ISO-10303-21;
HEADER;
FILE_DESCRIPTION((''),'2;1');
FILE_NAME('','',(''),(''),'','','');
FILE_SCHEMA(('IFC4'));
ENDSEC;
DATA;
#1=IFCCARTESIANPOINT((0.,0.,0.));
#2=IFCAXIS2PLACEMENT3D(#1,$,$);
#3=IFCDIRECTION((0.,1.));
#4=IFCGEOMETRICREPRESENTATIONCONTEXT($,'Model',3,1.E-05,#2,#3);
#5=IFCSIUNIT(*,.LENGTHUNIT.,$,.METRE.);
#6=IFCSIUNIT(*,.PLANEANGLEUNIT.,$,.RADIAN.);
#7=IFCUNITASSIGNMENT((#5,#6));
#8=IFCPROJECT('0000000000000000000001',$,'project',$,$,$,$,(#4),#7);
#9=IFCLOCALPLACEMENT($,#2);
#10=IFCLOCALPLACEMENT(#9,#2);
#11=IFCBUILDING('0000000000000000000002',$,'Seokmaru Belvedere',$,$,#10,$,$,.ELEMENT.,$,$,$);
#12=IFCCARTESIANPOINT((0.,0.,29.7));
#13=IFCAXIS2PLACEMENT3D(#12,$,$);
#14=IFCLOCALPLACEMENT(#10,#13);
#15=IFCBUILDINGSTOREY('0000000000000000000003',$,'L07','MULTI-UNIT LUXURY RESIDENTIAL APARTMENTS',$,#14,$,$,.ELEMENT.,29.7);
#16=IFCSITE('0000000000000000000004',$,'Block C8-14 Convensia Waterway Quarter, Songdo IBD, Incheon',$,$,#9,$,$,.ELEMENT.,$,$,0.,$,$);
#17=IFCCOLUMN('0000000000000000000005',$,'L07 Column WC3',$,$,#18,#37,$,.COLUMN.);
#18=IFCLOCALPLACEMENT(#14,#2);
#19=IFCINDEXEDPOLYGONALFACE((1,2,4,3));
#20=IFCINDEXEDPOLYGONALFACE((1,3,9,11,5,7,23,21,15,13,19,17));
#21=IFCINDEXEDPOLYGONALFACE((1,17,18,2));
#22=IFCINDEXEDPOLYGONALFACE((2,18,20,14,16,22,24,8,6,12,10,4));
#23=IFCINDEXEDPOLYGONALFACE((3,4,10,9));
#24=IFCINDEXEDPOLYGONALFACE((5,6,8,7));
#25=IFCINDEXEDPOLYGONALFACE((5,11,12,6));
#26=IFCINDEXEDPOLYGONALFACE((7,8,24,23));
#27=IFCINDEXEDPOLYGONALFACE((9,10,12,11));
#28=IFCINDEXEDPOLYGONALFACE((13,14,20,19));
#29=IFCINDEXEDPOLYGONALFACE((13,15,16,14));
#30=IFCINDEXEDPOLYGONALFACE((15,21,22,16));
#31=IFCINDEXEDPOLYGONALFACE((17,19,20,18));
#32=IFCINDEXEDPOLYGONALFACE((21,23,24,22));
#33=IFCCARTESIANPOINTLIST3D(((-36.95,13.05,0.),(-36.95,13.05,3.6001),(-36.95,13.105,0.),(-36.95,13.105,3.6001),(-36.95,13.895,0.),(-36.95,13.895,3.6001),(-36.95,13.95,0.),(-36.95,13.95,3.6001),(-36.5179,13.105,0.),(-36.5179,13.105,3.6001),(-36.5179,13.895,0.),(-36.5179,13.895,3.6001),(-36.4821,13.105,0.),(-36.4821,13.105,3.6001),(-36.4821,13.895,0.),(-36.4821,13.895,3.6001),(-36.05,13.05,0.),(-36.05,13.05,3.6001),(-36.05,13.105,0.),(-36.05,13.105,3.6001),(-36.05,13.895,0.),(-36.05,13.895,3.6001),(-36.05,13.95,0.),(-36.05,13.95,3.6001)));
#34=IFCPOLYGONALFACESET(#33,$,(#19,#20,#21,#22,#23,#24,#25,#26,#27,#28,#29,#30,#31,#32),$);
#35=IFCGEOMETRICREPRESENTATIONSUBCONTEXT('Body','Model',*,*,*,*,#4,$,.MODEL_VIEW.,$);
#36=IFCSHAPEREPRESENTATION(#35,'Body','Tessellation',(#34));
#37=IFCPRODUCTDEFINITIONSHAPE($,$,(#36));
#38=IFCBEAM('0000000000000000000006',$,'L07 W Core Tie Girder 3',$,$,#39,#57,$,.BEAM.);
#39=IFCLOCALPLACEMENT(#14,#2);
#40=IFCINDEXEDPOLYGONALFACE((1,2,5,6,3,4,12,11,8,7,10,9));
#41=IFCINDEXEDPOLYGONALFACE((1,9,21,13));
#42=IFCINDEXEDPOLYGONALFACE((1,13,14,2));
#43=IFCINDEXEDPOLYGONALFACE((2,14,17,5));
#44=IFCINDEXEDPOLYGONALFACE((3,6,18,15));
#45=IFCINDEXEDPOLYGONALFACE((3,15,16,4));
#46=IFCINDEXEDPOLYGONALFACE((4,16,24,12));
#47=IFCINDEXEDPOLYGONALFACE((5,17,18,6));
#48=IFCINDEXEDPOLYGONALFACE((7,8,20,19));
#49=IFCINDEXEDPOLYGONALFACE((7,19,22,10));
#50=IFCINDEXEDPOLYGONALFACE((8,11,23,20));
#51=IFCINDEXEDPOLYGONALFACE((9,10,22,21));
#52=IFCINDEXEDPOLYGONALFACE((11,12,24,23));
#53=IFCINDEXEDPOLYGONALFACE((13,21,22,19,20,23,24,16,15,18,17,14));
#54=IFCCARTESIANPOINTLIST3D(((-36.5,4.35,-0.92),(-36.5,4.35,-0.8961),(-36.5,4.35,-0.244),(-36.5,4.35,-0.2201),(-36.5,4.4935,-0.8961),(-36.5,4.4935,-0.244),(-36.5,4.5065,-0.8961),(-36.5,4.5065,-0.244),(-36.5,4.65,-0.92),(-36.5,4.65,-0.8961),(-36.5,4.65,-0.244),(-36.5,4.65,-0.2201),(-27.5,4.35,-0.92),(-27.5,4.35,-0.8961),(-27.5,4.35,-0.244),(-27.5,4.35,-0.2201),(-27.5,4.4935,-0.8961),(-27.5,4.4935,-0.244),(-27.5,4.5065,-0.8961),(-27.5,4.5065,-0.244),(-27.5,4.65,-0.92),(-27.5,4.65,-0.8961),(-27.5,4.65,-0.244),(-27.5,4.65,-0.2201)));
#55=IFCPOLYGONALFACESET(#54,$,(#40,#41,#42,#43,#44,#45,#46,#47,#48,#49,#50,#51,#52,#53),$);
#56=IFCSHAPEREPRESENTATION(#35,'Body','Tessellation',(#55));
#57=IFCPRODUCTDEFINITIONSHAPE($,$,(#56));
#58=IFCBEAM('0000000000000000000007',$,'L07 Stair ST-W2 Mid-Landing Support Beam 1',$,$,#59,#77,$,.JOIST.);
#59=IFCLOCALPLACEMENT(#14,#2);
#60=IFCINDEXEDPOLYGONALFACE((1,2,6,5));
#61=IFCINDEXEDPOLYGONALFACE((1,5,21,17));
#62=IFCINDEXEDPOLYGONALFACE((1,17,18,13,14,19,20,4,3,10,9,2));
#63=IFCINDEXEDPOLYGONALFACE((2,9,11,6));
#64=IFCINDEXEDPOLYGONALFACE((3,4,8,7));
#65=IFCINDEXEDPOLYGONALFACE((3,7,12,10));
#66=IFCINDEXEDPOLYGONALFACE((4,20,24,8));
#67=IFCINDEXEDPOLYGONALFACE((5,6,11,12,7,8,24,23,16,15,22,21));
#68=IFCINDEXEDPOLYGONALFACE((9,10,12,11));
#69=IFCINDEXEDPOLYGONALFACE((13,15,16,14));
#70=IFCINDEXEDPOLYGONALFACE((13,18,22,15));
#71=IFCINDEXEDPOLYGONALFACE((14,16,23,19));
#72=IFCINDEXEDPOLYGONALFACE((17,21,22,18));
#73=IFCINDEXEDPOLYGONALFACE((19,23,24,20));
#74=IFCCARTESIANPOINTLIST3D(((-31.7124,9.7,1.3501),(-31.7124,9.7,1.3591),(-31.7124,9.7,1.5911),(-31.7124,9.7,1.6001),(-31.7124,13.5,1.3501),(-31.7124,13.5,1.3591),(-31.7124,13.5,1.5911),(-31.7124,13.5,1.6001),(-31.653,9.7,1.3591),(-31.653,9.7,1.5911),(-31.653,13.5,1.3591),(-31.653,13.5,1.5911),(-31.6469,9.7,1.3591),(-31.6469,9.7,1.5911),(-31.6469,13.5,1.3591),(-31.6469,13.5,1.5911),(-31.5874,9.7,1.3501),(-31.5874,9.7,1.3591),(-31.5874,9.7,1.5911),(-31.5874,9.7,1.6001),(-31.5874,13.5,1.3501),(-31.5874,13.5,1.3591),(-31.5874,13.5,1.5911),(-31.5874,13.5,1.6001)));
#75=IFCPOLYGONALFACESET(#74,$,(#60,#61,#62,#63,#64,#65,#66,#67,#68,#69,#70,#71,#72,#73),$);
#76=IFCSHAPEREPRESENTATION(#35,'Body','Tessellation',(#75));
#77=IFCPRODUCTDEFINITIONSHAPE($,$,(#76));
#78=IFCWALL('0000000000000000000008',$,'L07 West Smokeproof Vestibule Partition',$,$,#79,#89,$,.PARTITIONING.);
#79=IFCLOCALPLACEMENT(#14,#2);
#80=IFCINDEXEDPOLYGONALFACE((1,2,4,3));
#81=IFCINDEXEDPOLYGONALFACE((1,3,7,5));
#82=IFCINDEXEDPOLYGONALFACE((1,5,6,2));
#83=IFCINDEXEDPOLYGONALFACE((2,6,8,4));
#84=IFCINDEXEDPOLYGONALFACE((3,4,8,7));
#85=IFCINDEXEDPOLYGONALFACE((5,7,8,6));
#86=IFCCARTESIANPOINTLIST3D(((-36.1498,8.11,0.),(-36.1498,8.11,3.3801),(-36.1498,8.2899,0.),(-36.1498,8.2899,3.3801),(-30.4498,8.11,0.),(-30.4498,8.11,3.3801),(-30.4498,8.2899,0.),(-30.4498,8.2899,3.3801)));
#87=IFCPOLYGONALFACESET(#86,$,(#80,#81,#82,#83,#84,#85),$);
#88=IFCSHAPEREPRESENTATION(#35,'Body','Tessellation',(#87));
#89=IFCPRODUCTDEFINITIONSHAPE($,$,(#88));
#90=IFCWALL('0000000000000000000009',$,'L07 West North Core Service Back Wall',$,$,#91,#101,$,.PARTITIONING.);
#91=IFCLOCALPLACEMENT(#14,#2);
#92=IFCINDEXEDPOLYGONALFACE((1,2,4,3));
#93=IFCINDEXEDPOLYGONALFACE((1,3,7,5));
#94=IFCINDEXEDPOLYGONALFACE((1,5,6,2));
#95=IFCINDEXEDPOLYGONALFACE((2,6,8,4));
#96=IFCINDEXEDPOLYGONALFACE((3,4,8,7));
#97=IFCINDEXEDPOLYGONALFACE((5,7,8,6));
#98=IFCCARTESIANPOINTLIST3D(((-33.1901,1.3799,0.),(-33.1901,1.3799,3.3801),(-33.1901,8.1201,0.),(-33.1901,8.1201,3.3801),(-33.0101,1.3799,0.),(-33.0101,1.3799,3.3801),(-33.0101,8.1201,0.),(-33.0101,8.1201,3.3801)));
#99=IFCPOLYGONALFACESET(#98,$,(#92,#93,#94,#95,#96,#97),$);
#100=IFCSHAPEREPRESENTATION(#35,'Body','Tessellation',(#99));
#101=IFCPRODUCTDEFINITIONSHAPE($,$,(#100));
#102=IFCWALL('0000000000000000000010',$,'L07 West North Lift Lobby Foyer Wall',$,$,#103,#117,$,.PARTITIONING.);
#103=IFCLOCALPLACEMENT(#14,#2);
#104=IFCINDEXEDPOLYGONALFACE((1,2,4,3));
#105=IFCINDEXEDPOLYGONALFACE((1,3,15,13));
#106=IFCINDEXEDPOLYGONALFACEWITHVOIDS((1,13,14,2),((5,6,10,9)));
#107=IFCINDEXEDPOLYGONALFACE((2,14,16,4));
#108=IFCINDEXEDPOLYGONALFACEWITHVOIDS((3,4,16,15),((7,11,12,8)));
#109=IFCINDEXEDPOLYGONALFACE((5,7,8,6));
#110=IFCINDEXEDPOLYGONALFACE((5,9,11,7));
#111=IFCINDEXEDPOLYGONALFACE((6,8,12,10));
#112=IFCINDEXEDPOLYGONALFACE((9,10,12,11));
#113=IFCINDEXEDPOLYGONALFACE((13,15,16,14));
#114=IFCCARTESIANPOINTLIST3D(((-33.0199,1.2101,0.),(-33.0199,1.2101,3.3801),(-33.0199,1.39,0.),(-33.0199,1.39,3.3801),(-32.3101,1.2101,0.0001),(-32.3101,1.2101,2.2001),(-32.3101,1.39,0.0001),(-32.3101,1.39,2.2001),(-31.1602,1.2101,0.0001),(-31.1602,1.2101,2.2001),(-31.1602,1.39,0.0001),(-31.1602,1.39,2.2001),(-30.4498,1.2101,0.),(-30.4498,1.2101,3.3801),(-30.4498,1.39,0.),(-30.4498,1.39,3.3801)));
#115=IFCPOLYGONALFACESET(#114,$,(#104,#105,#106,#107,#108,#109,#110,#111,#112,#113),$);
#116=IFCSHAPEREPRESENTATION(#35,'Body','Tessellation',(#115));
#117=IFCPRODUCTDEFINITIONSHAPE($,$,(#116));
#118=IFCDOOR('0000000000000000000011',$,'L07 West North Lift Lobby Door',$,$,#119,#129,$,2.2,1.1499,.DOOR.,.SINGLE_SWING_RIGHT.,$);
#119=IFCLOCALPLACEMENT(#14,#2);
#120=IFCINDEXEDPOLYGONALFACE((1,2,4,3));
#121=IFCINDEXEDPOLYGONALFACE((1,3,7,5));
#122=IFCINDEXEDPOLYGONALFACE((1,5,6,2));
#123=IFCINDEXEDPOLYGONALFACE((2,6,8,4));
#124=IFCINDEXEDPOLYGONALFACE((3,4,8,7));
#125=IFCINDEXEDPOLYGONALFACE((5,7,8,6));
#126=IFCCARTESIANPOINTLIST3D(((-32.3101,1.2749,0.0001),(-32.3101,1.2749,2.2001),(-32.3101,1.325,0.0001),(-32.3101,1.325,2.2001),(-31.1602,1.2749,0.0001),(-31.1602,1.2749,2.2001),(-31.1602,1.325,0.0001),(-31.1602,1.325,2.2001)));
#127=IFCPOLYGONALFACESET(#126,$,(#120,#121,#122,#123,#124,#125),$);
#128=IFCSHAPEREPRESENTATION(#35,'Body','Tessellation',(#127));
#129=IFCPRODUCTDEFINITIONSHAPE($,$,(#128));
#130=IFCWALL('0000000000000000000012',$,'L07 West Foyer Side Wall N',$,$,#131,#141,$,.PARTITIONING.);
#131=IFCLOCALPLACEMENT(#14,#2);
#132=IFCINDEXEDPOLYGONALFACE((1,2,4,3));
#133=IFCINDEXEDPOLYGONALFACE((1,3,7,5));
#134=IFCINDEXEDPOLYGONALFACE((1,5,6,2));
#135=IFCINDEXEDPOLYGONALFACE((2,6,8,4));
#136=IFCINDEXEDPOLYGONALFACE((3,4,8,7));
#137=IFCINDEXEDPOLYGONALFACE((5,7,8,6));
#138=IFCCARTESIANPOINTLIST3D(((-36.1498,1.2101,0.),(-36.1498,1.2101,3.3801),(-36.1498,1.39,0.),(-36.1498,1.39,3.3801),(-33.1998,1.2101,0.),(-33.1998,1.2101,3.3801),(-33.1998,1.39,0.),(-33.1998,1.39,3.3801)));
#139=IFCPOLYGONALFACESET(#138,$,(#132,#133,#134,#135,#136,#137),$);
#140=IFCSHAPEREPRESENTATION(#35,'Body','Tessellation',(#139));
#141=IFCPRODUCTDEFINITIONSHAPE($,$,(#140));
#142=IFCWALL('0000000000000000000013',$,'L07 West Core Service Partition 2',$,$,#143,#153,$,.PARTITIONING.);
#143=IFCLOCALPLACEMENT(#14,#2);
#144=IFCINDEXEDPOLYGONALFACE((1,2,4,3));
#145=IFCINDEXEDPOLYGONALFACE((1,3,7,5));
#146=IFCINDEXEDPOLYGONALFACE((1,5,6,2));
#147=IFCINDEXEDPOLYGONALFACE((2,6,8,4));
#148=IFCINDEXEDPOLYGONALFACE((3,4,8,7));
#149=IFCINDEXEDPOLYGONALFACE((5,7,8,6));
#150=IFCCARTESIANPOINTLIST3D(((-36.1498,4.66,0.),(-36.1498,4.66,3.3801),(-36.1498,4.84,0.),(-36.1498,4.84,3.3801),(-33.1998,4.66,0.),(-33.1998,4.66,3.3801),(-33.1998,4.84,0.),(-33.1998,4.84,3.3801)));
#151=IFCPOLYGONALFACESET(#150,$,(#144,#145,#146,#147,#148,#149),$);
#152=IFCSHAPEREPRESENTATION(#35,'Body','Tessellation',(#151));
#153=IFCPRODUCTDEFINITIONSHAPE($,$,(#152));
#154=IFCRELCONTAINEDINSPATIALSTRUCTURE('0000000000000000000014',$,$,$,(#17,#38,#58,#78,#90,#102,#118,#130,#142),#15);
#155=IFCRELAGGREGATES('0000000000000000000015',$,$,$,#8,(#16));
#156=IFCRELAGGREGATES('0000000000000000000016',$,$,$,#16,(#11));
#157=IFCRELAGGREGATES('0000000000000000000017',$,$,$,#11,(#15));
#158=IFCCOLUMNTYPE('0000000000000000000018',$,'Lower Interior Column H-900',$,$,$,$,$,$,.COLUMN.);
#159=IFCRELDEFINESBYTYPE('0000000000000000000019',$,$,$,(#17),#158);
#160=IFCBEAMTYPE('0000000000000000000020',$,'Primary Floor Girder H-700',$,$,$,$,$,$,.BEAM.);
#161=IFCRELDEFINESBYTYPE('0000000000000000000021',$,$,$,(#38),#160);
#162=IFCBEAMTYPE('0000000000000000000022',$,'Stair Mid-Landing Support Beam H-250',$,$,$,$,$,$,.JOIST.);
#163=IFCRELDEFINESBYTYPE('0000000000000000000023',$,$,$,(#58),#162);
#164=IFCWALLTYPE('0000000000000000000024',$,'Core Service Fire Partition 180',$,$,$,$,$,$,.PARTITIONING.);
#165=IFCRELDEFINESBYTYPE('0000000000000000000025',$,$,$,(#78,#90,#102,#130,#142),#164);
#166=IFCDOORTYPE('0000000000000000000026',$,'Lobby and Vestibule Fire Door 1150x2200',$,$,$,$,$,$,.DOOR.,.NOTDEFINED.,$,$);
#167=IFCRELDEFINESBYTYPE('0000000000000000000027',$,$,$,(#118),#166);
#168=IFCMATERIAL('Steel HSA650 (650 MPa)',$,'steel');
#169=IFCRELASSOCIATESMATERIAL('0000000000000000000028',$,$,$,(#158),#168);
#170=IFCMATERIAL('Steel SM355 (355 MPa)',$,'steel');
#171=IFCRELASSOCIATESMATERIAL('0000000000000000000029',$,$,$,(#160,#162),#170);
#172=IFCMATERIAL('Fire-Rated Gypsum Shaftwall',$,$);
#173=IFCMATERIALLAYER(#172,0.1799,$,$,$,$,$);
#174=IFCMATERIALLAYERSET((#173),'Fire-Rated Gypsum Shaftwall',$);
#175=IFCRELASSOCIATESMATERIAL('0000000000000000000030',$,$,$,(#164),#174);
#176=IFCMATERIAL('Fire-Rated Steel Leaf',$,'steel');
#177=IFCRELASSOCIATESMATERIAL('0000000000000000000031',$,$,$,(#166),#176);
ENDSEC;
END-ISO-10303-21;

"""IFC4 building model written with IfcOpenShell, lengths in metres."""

from ifc_helpers import new_model, si_unit, direction, frame, frame_2d, origin, origin_2d, place, context, subcontext, project, spatial, rectangle, i_section, extrude, source, transform, mapped, material, layer, layer_set, material_profile, profile_set, type_object, type_shapes, element, fill, save


model = new_model("IFC4")

# Units and contexts
model_context = context("Model", 3, precision=1e-05, world=origin(), true_north=direction((0.0, 1.0)))
body_context = subcontext(model_context, "Body", "Model", "MODEL_VIEW")
ifc_project = project(units=[si_unit("LENGTHUNIT", "METRE"), si_unit("PLANEANGLEUNIT", "RADIAN")], contexts=[model_context])

# Site, building, storey
site_placement = place(None, origin())
site = spatial("IfcSite", under=ifc_project, at=site_placement, Name="Block C8-14 Convensia Waterway Quarter, Songdo IBD, Incheon", CompositionType="ELEMENT", RefElevation=0.0)
building_placement = place(site_placement, origin())
building = spatial("IfcBuilding", under=site, at=building_placement, Name="Seokmaru Belvedere", CompositionType="ELEMENT")
storey_placement = place(building_placement, frame((0.0, 0.0, 29.7)))
storey = spatial("IfcBuildingStorey", under=building, at=storey_placement, Name="L07", Description="MULTI-UNIT LUXURY RESIDENTIAL APARTMENTS", CompositionType="ELEMENT", Elevation=29.7)

# Column
ifc_material_1 = material(Name="Steel HSA650 (650 MPa)", Category="steel")
ifc_material_profile_1 = material_profile(ifc_material_1, i_section(OverallWidth=0.8999, OverallDepth=0.8999, WebThickness=0.0359, FlangeThickness=0.0549, at=origin_2d()), Name="H-900x900x36x55")
ifc_profile_set_1 = profile_set([ifc_material_profile_1], Name="Steel HSA650 (650 MPa)")
column_type = type_object("IfcColumnType", Name="Lower Interior Column H-900", PredefinedType="COLUMN", material=ifc_profile_set_1)
shared_shape_1 = source(origin(), body_context, "Body", "SweptSolid", [
    extrude(i_section(OverallWidth=0.8999, OverallDepth=0.8999, WebThickness=0.0359, FlangeThickness=0.0549, at=origin_2d()), origin(), (0.0, 0.0, 1.0), 3.6001),
])
type_shapes(column_type, [shared_shape_1])
column_placement = place(storey_placement, frame((-36.5, 13.5, 0.0), z_axis=(0.0, 0.0, 1.0), x_axis=(1.0, 0.0, 0.0)))
element("IfcColumn", 1, at=column_placement, inside=storey, type_object=column_type, Name="L07 Column WC3", PredefinedType="COLUMN", context=body_context, shape_type="MappedRepresentation", body=[
    mapped(shared_shape_1, transform((0.0, 0.0, 0.0), scale=1.0)),
])

# Beams
ifc_material_2 = material(Name="Steel SM355 (355 MPa)", Category="steel")
ifc_material_profile_2 = material_profile(ifc_material_2, i_section(OverallWidth=0.3, OverallDepth=0.7, WebThickness=0.0129, FlangeThickness=0.0239, at=origin_2d()), Name="H-700x300x13x24")
ifc_profile_set_2 = profile_set([ifc_material_profile_2], Name="Steel SM355 (355 MPa)")
beam_type_1 = type_object("IfcBeamType", Name="Primary Floor Girder H-700", PredefinedType="BEAM", material=ifc_profile_set_2)
shared_shape_2 = source(origin(), body_context, "Body", "SweptSolid", [
    extrude(i_section(OverallWidth=0.3, OverallDepth=0.7, WebThickness=0.0129, FlangeThickness=0.0239, at=origin_2d()), origin(), (0.0, 0.0, 1.0), 9.0),
])
type_shapes(beam_type_1, [shared_shape_2])
beam_1_placement = place(storey_placement, frame((-36.5, 4.5, -0.5701), z_axis=(1.0, 0.0, 0.0), x_axis=(0.0, 1.0, 0.0)))
element("IfcBeam", 2, at=beam_1_placement, inside=storey, type_object=beam_type_1, Name="L07 W Core Tie Girder 3", PredefinedType="BEAM", context=body_context, shape_type="MappedRepresentation", body=[
    mapped(shared_shape_2, transform((0.0, 0.0, 0.0), scale=1.0)),
])
ifc_material_profile_3 = material_profile(ifc_material_2, i_section(OverallWidth=0.125, OverallDepth=0.25, WebThickness=0.0061, FlangeThickness=0.009, at=origin_2d()), Name="H-250x125x6x9")
ifc_profile_set_3 = profile_set([ifc_material_profile_3], Name="Steel SM355 (355 MPa)")
beam_type_2 = type_object("IfcBeamType", Name="Stair Mid-Landing Support Beam H-250", PredefinedType="JOIST", material=ifc_profile_set_3)
shared_shape_3 = source(origin(), body_context, "Body", "SweptSolid", [
    extrude(i_section(OverallWidth=0.125, OverallDepth=0.25, WebThickness=0.0061, FlangeThickness=0.009, at=origin_2d()), origin(), (0.0, 0.0, 1.0), 3.8),
])
type_shapes(beam_type_2, [shared_shape_3])
beam_2_placement = place(storey_placement, frame((-31.6499, 9.7, 1.4751), z_axis=(0.0, 1.0, 0.0), x_axis=(-1.0, 0.0, 0.0)))
element("IfcBeam", 3, at=beam_2_placement, inside=storey, type_object=beam_type_2, Name="L07 Stair ST-W2 Mid-Landing Support Beam 1", PredefinedType="JOIST", context=body_context, shape_type="MappedRepresentation", body=[
    mapped(shared_shape_3, transform((0.0, 0.0, 0.0), scale=1.0)),
])

# Walls
ifc_material_3 = material(Name="Fire-Rated Gypsum Shaftwall")
ifc_layer_1 = layer(ifc_material_3, 0.1799)
ifc_layer_set_1 = layer_set([ifc_layer_1], Name="Fire-Rated Gypsum Shaftwall")
wall_type_1 = type_object("IfcWallType", Name="Core Service Fire Partition 180", PredefinedType="PARTITIONING", material=ifc_layer_set_1)
wall_1_placement = place(storey_placement, frame((-36.1499, 8.2, 0.0), z_axis=(0.0, 0.0, 1.0), x_axis=(1.0, 0.0, 0.0)))
element("IfcWall", 4, at=wall_1_placement, inside=storey, type_object=wall_type_1, Name="L07 West Smokeproof Vestibule Partition", PredefinedType="PARTITIONING", context=body_context, shape_type="SweptSolid", body=[
    extrude(rectangle(XDim=5.7, YDim=0.1799, at=frame_2d((2.8501, 0.0))), origin(), (0.0, 0.0, 1.0), 3.3801),
])
wall_2_placement = place(storey_placement, frame((-33.1001, 1.3799, 0.0), z_axis=(0.0, 0.0, 1.0), x_axis=(0.0, 1.0, 0.0)))
element("IfcWall", 5, at=wall_2_placement, inside=storey, type_object=wall_type_1, Name="L07 West North Core Service Back Wall", PredefinedType="PARTITIONING", context=body_context, shape_type="SweptSolid", body=[
    extrude(rectangle(XDim=6.7402, YDim=0.1799, at=frame_2d((3.3701, 0.0))), origin(), (0.0, 0.0, 1.0), 3.3801),
])

# Wall, opening, door
wall_3_placement = place(storey_placement, frame((-33.02, 1.3, 0.0), z_axis=(0.0, 0.0, 1.0), x_axis=(1.0, 0.0, 0.0)))
wall_3 = element("IfcWall", 6, at=wall_3_placement, inside=storey, type_object=wall_type_1, Name="L07 West North Lift Lobby Foyer Wall", PredefinedType="PARTITIONING", context=body_context, shape_type="SweptSolid", body=[
    extrude(rectangle(XDim=2.5701, YDim=0.1799, at=frame_2d((1.2852, 0.0))), origin(), (0.0, 0.0, 1.0), 3.3801),
])
opening_1_placement = place(wall_3_placement, frame((0.71, 0.0, 0.0)))
opening_1 = element("IfcOpeningElement", 7, at=opening_1_placement, cuts=wall_3, PredefinedType="OPENING", context=body_context, shape_type="SweptSolid", body=[
    extrude(rectangle(XDim=1.1499, YDim=2.2, at=frame_2d((0.575, 1.1001))), frame((0.0, 0.1001, 0.0), z_axis=(0.0, -1.0, 0.0), x_axis=(1.0, 0.0, 0.0)), (0.0, 0.0, 1.0), 0.2),
])
ifc_material_4 = material(Name="Fire-Rated Steel Leaf", Category="steel")
door_type_1 = type_object("IfcDoorType", Name="Lobby and Vestibule Fire Door 1150x2200", OperationType="NOTDEFINED", PredefinedType="DOOR", material=ifc_material_4)
shared_shape_4 = source(origin(), body_context, "Body", "SweptSolid", [
    extrude(rectangle(XDim=1.1499, YDim=2.2, at=frame_2d((0.575, 1.1001))), frame((0.0, 0.0249, 0.0), z_axis=(0.0, -1.0, 0.0), x_axis=(1.0, 0.0, 0.0)), (0.0, 0.0, 1.0), 0.05),
])
type_shapes(door_type_1, [shared_shape_4])
door_1_placement = place(opening_1_placement, origin())
door_1 = element("IfcDoor", 8, at=door_1_placement, inside=storey, type_object=door_type_1, Name="L07 West North Lift Lobby Door", OperationType="SINGLE_SWING_RIGHT", OverallHeight=2.2, OverallWidth=1.1499, PredefinedType="DOOR", context=body_context, shape_type="MappedRepresentation", body=[
    mapped(shared_shape_4, transform((0.0, 0.0, 0.0), scale=1.0)),
])
fill(opening_1, door_1)

# Walls
for number, where, z_axis, x_axis, name in (
    (9, (-36.1499, 1.3, 0.0), (0.0, 0.0, 1.0), (1.0, 0.0, 0.0), "L07 West Foyer Side Wall N"),
    (10, (-36.1499, 4.75, 0.0), (0.0, 0.0, 1.0), (1.0, 0.0, 0.0), "L07 West Core Service Partition 2"),
):
    element("IfcWall", number, at=place(storey_placement, frame(where, z_axis=z_axis, x_axis=x_axis)), inside=storey, type_object=wall_type_1, Name=name, PredefinedType="PARTITIONING", context=body_context, shape_type="SweptSolid", body=[
        extrude(rectangle(XDim=2.95, YDim=0.1799, at=frame_2d((1.4751, 0.0))), origin(), (0.0, 0.0, 1.0), 3.3801),
    ])

save(model, "model.ifc")
